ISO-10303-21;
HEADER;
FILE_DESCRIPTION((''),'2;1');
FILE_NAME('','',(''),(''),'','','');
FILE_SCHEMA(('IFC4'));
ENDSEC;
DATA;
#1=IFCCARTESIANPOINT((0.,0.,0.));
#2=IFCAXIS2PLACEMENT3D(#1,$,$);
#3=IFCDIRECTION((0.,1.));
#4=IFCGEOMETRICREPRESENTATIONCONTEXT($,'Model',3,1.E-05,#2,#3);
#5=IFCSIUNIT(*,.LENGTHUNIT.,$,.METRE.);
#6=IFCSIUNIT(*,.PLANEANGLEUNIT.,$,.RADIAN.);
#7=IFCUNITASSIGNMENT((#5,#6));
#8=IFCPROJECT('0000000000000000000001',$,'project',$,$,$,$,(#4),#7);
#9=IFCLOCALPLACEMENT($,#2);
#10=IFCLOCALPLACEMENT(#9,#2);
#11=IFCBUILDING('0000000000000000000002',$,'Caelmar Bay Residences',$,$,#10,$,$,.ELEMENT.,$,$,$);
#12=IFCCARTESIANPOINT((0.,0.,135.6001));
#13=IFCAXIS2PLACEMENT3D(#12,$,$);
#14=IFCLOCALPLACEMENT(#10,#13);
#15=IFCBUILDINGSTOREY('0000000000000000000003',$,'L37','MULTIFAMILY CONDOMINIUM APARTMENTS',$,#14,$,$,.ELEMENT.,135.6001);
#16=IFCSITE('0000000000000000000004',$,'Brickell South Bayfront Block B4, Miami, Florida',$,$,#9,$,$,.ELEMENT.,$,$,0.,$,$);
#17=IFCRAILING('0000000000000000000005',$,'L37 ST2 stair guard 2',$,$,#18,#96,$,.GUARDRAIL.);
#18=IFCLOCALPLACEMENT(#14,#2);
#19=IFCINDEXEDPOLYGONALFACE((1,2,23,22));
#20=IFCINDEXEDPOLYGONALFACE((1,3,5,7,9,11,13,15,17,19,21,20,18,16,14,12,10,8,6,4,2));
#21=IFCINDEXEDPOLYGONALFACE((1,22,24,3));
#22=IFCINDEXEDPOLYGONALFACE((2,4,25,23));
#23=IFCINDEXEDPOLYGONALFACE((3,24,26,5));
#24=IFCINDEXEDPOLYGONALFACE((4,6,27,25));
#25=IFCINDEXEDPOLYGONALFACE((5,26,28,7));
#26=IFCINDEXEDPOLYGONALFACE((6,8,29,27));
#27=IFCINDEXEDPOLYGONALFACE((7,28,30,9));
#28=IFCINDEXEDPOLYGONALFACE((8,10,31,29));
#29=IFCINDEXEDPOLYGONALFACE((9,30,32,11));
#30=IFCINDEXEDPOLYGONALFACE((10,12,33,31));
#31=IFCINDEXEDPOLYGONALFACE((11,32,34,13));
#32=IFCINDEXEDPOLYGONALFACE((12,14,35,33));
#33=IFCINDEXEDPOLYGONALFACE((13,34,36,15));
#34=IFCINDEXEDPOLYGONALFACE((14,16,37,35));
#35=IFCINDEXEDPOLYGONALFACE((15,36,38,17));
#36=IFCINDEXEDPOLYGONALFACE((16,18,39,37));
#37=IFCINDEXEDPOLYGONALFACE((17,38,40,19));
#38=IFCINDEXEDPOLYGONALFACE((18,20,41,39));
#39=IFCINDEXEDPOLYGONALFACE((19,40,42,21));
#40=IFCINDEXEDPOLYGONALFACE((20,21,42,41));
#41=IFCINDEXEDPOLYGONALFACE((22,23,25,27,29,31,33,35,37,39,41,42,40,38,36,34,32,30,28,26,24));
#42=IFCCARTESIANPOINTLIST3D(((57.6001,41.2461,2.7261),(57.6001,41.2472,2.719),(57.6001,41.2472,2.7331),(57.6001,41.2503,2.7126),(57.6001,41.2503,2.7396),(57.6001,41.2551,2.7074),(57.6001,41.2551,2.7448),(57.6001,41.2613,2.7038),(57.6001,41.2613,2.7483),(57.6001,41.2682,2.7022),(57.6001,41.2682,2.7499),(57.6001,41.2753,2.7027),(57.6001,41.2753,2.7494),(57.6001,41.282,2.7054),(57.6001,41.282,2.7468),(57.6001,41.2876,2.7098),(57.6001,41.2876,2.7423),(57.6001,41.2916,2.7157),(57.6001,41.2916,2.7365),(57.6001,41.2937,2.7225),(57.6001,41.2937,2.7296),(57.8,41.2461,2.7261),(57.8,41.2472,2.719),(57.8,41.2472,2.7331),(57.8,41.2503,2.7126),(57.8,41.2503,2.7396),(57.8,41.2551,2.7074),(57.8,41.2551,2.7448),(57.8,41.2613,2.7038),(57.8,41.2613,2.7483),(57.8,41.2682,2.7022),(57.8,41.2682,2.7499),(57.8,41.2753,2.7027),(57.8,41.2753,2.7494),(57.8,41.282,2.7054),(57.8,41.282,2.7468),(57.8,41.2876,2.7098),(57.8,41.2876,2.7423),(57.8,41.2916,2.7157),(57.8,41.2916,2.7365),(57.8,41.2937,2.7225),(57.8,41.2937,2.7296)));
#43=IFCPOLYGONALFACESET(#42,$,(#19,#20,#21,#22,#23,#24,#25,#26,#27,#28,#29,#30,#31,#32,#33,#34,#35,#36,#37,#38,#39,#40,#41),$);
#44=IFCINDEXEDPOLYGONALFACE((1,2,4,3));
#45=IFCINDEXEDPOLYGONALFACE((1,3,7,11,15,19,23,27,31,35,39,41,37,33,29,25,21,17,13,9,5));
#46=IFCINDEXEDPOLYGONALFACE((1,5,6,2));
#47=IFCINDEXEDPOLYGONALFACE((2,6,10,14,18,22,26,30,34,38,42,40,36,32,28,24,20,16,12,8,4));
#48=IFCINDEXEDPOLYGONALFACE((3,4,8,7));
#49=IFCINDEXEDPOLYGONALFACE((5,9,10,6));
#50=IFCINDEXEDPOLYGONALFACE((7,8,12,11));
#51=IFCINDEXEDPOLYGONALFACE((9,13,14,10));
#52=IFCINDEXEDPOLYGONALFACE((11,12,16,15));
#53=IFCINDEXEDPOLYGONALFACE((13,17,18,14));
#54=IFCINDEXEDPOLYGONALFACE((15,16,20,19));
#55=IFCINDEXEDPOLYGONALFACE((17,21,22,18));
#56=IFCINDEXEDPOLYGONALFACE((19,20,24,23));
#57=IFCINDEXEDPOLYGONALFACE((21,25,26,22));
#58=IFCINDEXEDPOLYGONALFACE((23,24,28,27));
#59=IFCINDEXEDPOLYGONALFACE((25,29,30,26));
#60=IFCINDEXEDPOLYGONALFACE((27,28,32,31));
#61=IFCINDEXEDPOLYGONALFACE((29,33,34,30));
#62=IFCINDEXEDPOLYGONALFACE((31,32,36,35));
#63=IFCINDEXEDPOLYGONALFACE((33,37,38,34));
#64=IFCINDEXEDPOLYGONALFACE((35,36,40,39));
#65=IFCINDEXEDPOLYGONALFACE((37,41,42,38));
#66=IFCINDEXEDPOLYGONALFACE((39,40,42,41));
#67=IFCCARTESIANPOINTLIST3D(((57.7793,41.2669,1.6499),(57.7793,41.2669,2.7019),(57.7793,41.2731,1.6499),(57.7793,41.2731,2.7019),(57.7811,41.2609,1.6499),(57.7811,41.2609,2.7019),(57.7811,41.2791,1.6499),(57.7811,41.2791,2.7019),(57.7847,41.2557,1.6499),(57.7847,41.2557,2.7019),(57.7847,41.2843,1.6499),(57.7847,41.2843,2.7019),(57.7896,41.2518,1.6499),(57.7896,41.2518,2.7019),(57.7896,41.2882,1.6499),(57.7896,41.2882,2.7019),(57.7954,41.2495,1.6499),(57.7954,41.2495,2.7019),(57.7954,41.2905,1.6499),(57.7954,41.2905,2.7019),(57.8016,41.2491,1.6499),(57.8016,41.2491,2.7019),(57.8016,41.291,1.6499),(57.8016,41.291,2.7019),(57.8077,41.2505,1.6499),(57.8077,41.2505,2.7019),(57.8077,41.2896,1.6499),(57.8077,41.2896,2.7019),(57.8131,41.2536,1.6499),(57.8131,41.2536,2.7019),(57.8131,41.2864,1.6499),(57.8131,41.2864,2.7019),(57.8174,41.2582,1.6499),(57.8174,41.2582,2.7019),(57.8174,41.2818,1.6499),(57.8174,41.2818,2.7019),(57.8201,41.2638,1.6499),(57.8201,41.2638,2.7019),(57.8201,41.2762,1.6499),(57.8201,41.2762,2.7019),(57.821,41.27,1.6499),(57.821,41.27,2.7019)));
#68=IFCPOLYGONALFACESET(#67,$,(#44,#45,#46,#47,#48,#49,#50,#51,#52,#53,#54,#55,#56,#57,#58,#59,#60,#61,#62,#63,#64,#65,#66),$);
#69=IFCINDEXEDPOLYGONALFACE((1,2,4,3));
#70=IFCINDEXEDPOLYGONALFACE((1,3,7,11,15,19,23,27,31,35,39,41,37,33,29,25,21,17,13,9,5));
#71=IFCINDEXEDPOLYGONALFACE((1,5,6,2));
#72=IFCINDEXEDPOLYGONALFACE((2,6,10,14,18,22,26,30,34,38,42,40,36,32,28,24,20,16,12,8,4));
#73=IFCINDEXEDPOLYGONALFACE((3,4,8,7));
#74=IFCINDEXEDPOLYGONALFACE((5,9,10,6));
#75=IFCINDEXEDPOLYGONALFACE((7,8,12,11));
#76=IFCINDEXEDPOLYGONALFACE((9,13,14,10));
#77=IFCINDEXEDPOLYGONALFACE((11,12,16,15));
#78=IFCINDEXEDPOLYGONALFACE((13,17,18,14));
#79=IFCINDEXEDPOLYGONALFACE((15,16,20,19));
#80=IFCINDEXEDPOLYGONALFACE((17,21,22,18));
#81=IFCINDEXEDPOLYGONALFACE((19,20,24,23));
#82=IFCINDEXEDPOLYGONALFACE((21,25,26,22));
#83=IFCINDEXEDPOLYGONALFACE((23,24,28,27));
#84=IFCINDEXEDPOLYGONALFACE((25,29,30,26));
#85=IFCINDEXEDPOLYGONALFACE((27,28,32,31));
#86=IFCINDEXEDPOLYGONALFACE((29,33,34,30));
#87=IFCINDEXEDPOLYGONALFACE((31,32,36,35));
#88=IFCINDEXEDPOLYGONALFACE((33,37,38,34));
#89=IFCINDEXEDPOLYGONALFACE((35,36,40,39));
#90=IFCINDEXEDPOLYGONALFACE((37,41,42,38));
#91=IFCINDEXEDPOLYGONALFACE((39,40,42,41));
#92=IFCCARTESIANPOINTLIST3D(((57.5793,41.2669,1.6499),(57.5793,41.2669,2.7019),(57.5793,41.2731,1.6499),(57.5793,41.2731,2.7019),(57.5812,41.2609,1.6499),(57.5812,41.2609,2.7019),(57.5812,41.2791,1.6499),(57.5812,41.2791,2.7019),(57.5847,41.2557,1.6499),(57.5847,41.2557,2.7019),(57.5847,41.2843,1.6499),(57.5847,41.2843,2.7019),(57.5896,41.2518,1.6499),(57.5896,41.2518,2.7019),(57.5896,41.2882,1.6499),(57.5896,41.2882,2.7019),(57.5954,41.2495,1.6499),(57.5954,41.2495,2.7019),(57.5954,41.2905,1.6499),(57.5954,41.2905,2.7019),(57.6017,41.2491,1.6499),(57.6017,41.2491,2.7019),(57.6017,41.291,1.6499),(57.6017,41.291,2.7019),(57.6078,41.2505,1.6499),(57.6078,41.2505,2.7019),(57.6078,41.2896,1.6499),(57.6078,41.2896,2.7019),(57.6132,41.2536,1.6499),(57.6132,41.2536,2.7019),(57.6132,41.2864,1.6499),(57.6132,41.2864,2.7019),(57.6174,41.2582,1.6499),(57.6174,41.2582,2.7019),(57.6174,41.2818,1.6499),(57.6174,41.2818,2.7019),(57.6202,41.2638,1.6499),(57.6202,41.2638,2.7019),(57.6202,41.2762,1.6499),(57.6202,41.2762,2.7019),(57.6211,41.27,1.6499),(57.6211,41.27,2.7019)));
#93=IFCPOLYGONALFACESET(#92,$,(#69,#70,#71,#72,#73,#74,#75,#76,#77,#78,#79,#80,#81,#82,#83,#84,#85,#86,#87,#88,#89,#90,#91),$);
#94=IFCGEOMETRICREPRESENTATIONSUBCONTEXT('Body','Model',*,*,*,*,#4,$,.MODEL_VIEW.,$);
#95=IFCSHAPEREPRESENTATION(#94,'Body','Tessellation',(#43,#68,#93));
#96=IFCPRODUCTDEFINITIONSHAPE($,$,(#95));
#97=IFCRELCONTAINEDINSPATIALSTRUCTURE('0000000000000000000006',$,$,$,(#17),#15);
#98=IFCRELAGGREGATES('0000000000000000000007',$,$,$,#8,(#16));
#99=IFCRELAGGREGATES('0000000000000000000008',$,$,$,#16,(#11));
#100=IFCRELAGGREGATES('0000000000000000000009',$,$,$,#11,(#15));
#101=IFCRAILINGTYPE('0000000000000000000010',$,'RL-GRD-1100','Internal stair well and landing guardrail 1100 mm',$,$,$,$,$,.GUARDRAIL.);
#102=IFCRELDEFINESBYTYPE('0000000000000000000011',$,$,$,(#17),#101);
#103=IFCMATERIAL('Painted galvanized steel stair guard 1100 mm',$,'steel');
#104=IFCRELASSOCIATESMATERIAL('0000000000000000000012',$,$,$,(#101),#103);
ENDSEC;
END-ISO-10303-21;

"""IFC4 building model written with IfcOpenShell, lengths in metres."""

from ifc_helpers import new_model, si_unit, direction, frame, origin, origin_2d, place, context, subcontext, project, spatial, circle, extrude, material, type_object, element, save


model = new_model("IFC4")

# Units and contexts
model_context = context("Model", 3, precision=1e-05, world=origin(), true_north=direction((0.0, 1.0)))
body_context = subcontext(model_context, "Body", "Model", "MODEL_VIEW")
ifc_project = project(units=[si_unit("LENGTHUNIT", "METRE"), si_unit("PLANEANGLEUNIT", "RADIAN")], contexts=[model_context])

# Site, building, storey
site_placement = place(None, origin())
site = spatial("IfcSite", under=ifc_project, at=site_placement, Name="Brickell South Bayfront Block B4, Miami, Florida", CompositionType="ELEMENT", RefElevation=0.0)
building_placement = place(site_placement, origin())
building = spatial("IfcBuilding", under=site, at=building_placement, Name="Caelmar Bay Residences", CompositionType="ELEMENT")
storey_placement = place(building_placement, frame((0.0, 0.0, 135.6001)))
storey = spatial("IfcBuildingStorey", under=building, at=storey_placement, Name="L37", Description="MULTIFAMILY CONDOMINIUM APARTMENTS", CompositionType="ELEMENT", Elevation=135.6001)

# Railing
ifc_material_1 = material(Name="Painted galvanized steel stair guard 1100 mm", Category="steel")
railing_type_1 = type_object("IfcRailingType", Name="RL-GRD-1100", Description="Internal stair well and landing guardrail 1100 mm", PredefinedType="GUARDRAIL", material=ifc_material_1)
railing_1_placement = place(storey_placement, frame((57.8, 41.27, 1.6499)))
element("IfcRailing", 1, at=railing_1_placement, inside=storey, type_object=railing_type_1, Name="L37 ST2 stair guard 2", PredefinedType="GUARDRAIL", context=body_context, shape_type="SweptSolid", body=[
    extrude(circle(Radius=0.0239, at=origin_2d()), frame((0.0, 0.0, 1.0762), z_axis=(-1.0, 0.0, 0.0), x_axis=(0.0, -1.0, 0.0)), (0.0, 0.0, 1.0), 0.2),
    extrude(circle(Radius=0.021, at=origin_2d()), origin(), (0.0, 0.0, 1.0), 1.052),
    extrude(circle(Radius=0.021, at=origin_2d()), frame((-0.2, 0.0, 0.0)), (0.0, 0.0, 1.0), 1.052),
])

save(model, "model.ifc")
